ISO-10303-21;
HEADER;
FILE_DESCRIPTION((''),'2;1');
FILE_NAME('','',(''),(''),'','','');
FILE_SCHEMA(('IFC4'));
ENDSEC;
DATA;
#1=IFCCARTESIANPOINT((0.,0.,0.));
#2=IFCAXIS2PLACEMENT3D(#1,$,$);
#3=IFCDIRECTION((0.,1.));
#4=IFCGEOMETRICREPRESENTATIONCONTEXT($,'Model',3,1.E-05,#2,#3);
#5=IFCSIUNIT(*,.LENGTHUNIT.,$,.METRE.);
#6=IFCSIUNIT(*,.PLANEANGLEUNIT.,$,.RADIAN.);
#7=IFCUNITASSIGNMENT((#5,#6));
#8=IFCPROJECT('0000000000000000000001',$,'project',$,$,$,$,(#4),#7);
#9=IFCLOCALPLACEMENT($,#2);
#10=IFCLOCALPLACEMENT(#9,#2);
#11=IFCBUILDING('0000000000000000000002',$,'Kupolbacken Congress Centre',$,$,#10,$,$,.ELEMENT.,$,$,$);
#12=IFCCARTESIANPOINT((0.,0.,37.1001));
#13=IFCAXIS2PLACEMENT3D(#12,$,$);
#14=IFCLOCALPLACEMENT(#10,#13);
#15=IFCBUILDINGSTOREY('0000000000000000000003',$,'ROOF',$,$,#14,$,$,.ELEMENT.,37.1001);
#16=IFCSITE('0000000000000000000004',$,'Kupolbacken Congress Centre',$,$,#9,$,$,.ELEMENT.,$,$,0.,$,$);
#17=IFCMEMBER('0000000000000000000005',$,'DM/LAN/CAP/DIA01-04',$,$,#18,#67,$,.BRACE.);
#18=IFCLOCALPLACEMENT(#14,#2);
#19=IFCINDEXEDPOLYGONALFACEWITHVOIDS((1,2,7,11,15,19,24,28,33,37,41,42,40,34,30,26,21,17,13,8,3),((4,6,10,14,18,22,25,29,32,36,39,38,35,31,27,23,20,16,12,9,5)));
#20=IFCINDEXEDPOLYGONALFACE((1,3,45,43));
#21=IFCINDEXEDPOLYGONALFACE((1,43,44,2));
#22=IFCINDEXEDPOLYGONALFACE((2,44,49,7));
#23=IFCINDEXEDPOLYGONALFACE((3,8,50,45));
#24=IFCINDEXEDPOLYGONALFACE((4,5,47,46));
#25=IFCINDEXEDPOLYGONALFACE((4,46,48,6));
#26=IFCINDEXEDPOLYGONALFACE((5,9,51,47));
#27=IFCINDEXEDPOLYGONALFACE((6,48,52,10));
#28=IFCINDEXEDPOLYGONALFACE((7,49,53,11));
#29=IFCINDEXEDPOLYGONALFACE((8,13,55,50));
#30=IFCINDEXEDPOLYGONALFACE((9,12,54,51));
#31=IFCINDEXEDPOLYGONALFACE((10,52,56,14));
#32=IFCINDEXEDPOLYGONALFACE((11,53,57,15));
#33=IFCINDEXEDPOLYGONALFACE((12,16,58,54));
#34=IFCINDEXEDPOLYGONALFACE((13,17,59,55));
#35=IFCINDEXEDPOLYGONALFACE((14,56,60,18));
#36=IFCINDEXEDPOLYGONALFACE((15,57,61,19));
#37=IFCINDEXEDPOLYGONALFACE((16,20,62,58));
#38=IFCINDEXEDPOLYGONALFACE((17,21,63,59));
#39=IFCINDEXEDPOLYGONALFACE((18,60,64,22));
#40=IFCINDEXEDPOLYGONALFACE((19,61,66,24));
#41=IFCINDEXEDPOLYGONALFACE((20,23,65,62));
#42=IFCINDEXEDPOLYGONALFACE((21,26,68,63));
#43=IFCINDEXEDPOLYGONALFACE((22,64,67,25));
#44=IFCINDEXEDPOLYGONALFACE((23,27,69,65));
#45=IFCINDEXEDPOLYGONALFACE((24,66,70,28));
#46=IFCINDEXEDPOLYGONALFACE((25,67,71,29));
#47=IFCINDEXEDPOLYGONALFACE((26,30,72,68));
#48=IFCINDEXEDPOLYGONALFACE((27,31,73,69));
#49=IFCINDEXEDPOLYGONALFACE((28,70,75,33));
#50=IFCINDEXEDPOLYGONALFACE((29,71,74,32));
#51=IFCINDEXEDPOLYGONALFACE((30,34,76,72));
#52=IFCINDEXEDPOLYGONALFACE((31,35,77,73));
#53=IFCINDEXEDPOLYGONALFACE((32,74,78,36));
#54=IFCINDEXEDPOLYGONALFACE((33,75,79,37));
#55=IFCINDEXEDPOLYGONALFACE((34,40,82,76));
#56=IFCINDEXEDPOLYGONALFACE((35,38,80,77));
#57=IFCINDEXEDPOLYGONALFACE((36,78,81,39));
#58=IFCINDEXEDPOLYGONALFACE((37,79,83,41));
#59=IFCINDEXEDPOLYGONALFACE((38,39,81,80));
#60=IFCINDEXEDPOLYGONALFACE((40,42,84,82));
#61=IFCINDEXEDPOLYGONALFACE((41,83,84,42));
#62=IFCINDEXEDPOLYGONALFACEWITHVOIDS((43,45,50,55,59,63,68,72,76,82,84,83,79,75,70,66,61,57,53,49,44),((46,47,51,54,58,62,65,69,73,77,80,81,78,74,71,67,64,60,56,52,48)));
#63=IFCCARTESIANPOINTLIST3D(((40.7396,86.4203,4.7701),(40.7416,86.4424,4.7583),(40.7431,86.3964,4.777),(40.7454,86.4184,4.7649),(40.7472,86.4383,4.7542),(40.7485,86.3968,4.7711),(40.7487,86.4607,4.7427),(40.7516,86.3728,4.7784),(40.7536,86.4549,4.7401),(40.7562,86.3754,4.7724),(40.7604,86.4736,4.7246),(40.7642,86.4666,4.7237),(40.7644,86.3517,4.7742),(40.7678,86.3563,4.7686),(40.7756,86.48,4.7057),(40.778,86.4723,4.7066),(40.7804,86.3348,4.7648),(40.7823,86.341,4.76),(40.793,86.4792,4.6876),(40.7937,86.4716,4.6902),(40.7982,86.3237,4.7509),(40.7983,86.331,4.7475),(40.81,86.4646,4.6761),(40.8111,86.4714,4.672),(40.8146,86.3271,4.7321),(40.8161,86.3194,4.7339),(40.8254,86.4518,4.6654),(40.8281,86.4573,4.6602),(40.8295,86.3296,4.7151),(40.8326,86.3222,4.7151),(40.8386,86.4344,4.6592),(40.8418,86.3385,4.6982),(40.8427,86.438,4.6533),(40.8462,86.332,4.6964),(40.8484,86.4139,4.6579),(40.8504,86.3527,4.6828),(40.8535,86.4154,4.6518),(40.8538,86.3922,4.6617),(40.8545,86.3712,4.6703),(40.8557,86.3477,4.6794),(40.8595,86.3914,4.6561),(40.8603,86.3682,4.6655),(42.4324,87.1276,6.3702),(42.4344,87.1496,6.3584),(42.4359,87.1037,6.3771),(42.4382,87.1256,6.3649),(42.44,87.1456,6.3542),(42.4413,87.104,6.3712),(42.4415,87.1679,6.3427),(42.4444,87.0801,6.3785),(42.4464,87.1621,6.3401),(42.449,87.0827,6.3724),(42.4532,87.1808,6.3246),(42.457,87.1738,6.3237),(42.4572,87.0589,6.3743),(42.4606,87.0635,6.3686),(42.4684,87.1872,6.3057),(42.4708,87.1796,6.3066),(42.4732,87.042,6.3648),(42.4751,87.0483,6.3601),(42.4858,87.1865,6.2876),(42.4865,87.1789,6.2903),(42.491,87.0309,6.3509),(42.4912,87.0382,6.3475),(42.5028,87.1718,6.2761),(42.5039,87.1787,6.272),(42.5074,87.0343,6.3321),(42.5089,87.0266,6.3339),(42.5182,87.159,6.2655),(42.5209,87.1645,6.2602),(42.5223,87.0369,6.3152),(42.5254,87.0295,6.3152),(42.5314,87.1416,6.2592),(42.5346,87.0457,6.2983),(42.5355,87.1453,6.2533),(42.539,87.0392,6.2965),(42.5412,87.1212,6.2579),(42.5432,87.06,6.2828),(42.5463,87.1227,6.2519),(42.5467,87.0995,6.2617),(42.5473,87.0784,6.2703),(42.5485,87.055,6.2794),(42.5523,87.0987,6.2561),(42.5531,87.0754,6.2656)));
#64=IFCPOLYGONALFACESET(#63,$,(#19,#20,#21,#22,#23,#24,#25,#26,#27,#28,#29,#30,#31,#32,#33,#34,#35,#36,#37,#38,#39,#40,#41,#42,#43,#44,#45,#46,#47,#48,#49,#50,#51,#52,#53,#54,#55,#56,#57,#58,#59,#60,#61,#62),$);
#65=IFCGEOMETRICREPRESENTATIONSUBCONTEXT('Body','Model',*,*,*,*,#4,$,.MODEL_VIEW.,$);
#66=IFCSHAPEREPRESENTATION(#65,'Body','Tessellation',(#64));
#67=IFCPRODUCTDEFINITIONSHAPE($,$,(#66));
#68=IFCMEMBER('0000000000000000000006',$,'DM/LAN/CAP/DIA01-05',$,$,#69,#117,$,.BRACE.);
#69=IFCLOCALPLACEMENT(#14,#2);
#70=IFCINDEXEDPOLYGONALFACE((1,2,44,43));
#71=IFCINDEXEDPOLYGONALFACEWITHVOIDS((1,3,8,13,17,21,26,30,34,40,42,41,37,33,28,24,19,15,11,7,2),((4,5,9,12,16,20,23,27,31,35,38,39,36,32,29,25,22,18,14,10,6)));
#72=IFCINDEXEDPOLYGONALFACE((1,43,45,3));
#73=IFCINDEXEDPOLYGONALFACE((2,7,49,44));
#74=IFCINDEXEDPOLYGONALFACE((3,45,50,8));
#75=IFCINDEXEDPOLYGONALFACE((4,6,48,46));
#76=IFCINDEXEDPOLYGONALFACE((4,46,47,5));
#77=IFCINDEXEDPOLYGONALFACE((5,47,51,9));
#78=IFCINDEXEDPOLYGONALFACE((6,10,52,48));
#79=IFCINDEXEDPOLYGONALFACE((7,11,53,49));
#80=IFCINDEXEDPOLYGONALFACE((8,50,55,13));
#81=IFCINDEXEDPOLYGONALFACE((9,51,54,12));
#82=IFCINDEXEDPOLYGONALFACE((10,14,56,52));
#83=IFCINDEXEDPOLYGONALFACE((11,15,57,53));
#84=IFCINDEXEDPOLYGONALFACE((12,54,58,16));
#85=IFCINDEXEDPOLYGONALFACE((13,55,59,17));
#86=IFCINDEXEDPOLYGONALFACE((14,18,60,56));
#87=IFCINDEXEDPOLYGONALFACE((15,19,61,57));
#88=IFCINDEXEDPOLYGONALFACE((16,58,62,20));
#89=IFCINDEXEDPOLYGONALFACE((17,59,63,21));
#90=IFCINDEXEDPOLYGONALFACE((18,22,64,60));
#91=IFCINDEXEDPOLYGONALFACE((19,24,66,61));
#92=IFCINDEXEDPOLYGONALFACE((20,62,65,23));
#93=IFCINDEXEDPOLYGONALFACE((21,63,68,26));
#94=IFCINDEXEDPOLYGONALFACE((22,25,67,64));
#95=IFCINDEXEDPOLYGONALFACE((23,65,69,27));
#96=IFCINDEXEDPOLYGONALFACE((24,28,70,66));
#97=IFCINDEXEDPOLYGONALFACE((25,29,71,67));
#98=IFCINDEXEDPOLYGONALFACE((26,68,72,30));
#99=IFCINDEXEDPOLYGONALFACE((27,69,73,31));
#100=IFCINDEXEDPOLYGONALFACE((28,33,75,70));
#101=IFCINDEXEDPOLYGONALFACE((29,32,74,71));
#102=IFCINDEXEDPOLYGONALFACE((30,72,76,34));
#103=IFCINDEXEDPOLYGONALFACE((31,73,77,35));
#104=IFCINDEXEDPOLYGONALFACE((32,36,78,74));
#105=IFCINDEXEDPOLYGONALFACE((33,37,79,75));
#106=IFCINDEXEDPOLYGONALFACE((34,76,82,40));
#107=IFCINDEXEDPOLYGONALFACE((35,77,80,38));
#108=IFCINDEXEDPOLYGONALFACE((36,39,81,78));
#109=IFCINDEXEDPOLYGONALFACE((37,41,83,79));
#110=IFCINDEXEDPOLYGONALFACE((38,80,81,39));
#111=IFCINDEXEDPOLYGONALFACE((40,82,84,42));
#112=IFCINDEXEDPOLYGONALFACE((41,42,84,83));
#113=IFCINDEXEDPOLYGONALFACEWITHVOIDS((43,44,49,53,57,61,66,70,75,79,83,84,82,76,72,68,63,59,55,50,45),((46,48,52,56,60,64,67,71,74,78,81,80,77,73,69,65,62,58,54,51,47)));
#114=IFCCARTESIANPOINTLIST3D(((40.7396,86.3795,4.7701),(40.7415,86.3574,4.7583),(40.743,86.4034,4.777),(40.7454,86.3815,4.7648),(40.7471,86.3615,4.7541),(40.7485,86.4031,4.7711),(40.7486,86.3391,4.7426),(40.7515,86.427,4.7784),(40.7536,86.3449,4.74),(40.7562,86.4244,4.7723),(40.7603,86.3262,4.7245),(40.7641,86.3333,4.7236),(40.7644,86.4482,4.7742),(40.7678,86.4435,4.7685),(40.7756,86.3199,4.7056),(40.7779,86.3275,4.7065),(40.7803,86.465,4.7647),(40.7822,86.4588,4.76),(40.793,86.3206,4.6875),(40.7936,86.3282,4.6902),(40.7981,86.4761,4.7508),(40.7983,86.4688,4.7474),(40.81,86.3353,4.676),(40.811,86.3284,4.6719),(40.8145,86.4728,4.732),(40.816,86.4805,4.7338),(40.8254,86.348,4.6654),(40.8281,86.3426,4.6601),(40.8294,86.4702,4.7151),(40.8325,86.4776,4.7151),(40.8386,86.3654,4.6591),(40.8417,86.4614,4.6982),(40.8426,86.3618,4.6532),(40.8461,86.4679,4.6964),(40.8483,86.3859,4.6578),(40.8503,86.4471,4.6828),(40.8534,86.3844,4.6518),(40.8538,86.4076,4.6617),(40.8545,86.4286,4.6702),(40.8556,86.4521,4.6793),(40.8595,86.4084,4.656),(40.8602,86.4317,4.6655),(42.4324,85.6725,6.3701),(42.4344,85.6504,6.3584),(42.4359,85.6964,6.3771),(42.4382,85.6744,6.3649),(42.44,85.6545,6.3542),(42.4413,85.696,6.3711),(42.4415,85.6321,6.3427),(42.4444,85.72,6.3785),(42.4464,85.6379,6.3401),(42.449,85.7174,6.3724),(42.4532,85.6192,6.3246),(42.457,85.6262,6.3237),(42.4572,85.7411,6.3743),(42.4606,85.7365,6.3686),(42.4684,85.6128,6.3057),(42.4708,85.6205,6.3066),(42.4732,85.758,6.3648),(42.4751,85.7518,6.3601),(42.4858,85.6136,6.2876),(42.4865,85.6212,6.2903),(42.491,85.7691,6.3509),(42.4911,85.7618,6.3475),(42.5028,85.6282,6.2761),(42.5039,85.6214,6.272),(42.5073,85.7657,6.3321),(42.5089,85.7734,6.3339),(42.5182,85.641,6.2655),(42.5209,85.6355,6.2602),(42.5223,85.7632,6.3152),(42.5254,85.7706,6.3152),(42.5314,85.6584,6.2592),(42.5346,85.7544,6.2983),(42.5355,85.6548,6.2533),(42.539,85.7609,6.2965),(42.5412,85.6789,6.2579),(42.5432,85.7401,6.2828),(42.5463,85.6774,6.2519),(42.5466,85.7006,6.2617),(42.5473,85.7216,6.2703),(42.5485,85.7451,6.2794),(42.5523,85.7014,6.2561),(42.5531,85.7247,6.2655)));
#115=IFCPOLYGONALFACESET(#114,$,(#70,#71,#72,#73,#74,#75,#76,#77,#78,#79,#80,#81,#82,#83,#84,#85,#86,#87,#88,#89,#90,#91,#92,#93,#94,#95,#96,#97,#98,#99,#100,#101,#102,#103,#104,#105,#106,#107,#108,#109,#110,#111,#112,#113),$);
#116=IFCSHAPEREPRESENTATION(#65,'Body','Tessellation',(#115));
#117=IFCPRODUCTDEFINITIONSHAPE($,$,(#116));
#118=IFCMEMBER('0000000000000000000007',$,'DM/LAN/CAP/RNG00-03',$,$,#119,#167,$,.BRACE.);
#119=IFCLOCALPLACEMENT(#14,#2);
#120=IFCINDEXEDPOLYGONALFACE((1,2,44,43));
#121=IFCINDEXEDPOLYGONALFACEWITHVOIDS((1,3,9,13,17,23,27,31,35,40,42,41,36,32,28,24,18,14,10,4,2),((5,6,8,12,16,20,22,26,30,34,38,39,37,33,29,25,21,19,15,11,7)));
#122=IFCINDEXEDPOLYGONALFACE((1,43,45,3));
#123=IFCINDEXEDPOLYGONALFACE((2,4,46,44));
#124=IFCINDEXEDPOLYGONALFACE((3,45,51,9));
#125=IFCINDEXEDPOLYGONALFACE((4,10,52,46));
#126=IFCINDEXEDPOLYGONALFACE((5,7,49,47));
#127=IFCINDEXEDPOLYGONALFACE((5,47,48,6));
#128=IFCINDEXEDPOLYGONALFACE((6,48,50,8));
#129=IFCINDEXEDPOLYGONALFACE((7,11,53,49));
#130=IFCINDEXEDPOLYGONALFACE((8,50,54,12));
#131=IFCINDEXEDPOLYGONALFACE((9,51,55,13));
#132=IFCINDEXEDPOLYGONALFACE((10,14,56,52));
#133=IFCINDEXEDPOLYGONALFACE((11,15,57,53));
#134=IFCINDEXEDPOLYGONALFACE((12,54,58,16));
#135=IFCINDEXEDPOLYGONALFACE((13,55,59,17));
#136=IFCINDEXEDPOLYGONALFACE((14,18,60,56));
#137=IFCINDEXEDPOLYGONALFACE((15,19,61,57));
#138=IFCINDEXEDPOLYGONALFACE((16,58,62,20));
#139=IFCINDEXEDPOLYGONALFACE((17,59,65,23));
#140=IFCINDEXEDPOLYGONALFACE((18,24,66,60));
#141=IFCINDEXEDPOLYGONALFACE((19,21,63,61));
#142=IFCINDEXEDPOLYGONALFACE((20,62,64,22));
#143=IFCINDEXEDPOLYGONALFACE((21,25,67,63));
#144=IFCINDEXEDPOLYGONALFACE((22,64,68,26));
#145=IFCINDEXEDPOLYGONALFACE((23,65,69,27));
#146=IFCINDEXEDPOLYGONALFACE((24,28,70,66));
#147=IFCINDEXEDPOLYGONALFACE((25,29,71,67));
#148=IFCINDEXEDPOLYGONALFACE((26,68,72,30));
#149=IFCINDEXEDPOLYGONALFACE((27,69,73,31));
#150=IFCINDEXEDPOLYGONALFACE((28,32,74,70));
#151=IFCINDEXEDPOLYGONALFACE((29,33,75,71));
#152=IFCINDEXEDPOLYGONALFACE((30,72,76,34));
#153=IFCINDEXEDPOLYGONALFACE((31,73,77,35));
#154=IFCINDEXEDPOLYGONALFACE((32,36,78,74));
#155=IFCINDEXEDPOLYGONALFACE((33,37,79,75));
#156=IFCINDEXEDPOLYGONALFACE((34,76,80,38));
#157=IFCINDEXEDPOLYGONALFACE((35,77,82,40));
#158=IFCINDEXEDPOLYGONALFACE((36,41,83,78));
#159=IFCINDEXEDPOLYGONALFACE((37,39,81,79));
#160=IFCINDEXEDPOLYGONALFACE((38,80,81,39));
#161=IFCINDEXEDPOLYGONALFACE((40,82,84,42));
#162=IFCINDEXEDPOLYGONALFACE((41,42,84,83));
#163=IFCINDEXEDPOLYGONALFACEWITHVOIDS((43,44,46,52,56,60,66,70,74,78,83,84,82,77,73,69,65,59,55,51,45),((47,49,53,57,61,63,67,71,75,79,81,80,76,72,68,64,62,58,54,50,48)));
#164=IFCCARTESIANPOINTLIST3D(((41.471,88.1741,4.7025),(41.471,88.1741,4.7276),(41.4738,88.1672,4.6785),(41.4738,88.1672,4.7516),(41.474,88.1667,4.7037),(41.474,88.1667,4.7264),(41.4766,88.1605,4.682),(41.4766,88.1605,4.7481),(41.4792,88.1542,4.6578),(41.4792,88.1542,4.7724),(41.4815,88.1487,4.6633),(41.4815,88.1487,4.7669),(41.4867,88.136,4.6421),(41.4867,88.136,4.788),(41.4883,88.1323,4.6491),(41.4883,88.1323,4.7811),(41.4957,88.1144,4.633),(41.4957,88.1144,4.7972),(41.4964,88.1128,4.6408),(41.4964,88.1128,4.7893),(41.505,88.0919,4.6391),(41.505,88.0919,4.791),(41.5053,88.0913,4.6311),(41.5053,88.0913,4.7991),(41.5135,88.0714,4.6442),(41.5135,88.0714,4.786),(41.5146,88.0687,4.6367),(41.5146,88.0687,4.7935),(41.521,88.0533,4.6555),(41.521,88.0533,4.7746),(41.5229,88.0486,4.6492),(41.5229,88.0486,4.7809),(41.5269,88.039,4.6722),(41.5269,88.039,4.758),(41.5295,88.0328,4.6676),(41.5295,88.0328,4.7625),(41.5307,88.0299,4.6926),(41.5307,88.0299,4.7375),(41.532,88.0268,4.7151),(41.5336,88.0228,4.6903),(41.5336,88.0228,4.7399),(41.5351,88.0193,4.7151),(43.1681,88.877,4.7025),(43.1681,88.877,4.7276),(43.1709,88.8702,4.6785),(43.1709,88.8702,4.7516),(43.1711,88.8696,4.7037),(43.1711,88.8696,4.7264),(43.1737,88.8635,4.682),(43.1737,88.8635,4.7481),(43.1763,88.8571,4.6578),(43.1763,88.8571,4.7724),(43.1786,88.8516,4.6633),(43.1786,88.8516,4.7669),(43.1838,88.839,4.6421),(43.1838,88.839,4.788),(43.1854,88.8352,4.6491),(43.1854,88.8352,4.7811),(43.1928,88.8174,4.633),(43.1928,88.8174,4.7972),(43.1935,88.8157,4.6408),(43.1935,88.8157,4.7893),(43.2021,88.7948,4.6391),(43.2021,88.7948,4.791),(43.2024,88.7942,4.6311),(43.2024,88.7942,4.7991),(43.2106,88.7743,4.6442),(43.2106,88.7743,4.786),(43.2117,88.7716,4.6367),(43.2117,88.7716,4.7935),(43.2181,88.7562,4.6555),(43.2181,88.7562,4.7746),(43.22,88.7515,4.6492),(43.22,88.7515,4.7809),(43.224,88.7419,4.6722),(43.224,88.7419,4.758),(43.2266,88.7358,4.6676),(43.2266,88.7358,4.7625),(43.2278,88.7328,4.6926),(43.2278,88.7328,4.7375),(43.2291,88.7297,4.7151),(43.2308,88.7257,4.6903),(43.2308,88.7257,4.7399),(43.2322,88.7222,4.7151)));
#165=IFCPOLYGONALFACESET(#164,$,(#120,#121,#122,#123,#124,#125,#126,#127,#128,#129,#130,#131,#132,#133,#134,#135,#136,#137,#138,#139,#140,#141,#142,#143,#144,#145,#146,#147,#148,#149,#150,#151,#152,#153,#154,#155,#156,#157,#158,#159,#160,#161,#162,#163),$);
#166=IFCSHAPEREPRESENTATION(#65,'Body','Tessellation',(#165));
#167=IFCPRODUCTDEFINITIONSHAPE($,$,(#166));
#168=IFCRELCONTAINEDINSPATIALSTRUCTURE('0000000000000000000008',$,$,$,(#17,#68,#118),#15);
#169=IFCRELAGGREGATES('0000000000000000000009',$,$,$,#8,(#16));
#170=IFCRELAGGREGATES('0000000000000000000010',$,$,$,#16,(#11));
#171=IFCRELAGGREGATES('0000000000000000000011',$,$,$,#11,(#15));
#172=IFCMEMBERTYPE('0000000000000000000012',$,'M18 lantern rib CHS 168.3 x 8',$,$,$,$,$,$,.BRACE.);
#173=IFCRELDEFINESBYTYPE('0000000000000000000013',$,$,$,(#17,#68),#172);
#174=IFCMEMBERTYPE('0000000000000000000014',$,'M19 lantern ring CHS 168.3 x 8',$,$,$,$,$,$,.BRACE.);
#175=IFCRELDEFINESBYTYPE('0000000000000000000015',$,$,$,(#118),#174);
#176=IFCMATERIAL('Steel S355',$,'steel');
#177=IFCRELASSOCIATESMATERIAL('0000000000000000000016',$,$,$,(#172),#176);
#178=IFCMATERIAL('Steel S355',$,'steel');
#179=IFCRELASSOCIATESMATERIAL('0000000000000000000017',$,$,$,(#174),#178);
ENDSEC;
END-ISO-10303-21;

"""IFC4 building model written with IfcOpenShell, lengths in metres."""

from ifc_helpers import new_model, si_unit, direction, frame, origin, origin_2d, place, context, subcontext, project, spatial, hollow_circle, extrude, material, material_profile, profile_set, type_object, element, save


model = new_model("IFC4")

# Units and contexts
model_context = context("Model", 3, precision=1e-05, world=origin(), true_north=direction((0.0, 1.0)))
body_context = subcontext(model_context, "Body", "Model", "MODEL_VIEW")
ifc_project = project(units=[si_unit("LENGTHUNIT", "METRE"), si_unit("PLANEANGLEUNIT", "RADIAN")], contexts=[model_context])

# Site, building, storey
site_placement = place(None, origin())
site = spatial("IfcSite", under=ifc_project, at=site_placement, Name="Kupolbacken Congress Centre", CompositionType="ELEMENT", RefElevation=0.0)
building_placement = place(site_placement, origin())
building = spatial("IfcBuilding", under=site, at=building_placement, Name="Kupolbacken Congress Centre", CompositionType="ELEMENT")
storey_placement = place(building_placement, frame((0.0, 0.0, 37.1001)))
storey = spatial("IfcBuildingStorey", under=building, at=storey_placement, Name="ROOF", CompositionType="ELEMENT", Elevation=37.1001)

# Members
ifc_material_1 = material(Name="Steel S355", Category="steel")
ifc_material_profile_1 = material_profile(ifc_material_1, hollow_circle(Radius=0.0842, WallThickness=0.0081, at=origin_2d()), Name="CHS 168.3 x 8")
ifc_profile_set_1 = profile_set([ifc_material_profile_1], Name="Steel S355")
member_type_1 = type_object("IfcMemberType", Name="M18 lantern rib CHS 168.3 x 8", PredefinedType="BRACE", material=ifc_profile_set_1)
for number, where, z_axis, x_axis, name in (
    (1, (42.4929, 87.1072, 6.3152), (-0.695392, -0.290532, -0.657283), (0.385503, -0.922706, 0.0), "DM/LAN/CAP/DIA01-04"),
    (2, (40.8, 86.3999, 4.7151), (0.695412, -0.29044, 0.657302), (0.38539, 0.922754, 0.0), "DM/LAN/CAP/DIA01-05"),
):
    element("IfcMember", number, at=place(storey_placement, frame(where, z_axis=z_axis, x_axis=x_axis)), inside=storey, type_object=member_type_1, Name=name, PredefinedType="BRACE", context=body_context, shape_type="SweptSolid", body=[
        extrude(hollow_circle(Radius=0.0842, WallThickness=0.0081, at=origin_2d()), origin(), (0.0, 0.0, 1.0), 2.4343),
    ])
ifc_material_2 = material(Name="Steel S355", Category="steel")
ifc_material_profile_2 = material_profile(ifc_material_2, hollow_circle(Radius=0.0842, WallThickness=0.0081, at=origin_2d()), Name="CHS 168.3 x 8")
ifc_profile_set_2 = profile_set([ifc_material_profile_2], Name="Steel S355")
member_type_2 = type_object("IfcMemberType", Name="M19 lantern ring CHS 168.3 x 8", PredefinedType="BRACE", material=ifc_profile_set_2)
member_1_placement = place(storey_placement, frame((43.2, 88.8, 4.7151), z_axis=(-0.923889, -0.382661, 0.0), x_axis=(0.382661, -0.923889, 0.0)))
element("IfcMember", 3, at=member_1_placement, inside=storey, type_object=member_type_2, Name="DM/LAN/CAP/RNG00-03", PredefinedType="BRACE", context=body_context, shape_type="SweptSolid", body=[
    extrude(hollow_circle(Radius=0.0842, WallThickness=0.0081, at=origin_2d()), origin(), (0.0, 0.0, 1.0), 1.8369),
])

save(model, "model.ifc")
